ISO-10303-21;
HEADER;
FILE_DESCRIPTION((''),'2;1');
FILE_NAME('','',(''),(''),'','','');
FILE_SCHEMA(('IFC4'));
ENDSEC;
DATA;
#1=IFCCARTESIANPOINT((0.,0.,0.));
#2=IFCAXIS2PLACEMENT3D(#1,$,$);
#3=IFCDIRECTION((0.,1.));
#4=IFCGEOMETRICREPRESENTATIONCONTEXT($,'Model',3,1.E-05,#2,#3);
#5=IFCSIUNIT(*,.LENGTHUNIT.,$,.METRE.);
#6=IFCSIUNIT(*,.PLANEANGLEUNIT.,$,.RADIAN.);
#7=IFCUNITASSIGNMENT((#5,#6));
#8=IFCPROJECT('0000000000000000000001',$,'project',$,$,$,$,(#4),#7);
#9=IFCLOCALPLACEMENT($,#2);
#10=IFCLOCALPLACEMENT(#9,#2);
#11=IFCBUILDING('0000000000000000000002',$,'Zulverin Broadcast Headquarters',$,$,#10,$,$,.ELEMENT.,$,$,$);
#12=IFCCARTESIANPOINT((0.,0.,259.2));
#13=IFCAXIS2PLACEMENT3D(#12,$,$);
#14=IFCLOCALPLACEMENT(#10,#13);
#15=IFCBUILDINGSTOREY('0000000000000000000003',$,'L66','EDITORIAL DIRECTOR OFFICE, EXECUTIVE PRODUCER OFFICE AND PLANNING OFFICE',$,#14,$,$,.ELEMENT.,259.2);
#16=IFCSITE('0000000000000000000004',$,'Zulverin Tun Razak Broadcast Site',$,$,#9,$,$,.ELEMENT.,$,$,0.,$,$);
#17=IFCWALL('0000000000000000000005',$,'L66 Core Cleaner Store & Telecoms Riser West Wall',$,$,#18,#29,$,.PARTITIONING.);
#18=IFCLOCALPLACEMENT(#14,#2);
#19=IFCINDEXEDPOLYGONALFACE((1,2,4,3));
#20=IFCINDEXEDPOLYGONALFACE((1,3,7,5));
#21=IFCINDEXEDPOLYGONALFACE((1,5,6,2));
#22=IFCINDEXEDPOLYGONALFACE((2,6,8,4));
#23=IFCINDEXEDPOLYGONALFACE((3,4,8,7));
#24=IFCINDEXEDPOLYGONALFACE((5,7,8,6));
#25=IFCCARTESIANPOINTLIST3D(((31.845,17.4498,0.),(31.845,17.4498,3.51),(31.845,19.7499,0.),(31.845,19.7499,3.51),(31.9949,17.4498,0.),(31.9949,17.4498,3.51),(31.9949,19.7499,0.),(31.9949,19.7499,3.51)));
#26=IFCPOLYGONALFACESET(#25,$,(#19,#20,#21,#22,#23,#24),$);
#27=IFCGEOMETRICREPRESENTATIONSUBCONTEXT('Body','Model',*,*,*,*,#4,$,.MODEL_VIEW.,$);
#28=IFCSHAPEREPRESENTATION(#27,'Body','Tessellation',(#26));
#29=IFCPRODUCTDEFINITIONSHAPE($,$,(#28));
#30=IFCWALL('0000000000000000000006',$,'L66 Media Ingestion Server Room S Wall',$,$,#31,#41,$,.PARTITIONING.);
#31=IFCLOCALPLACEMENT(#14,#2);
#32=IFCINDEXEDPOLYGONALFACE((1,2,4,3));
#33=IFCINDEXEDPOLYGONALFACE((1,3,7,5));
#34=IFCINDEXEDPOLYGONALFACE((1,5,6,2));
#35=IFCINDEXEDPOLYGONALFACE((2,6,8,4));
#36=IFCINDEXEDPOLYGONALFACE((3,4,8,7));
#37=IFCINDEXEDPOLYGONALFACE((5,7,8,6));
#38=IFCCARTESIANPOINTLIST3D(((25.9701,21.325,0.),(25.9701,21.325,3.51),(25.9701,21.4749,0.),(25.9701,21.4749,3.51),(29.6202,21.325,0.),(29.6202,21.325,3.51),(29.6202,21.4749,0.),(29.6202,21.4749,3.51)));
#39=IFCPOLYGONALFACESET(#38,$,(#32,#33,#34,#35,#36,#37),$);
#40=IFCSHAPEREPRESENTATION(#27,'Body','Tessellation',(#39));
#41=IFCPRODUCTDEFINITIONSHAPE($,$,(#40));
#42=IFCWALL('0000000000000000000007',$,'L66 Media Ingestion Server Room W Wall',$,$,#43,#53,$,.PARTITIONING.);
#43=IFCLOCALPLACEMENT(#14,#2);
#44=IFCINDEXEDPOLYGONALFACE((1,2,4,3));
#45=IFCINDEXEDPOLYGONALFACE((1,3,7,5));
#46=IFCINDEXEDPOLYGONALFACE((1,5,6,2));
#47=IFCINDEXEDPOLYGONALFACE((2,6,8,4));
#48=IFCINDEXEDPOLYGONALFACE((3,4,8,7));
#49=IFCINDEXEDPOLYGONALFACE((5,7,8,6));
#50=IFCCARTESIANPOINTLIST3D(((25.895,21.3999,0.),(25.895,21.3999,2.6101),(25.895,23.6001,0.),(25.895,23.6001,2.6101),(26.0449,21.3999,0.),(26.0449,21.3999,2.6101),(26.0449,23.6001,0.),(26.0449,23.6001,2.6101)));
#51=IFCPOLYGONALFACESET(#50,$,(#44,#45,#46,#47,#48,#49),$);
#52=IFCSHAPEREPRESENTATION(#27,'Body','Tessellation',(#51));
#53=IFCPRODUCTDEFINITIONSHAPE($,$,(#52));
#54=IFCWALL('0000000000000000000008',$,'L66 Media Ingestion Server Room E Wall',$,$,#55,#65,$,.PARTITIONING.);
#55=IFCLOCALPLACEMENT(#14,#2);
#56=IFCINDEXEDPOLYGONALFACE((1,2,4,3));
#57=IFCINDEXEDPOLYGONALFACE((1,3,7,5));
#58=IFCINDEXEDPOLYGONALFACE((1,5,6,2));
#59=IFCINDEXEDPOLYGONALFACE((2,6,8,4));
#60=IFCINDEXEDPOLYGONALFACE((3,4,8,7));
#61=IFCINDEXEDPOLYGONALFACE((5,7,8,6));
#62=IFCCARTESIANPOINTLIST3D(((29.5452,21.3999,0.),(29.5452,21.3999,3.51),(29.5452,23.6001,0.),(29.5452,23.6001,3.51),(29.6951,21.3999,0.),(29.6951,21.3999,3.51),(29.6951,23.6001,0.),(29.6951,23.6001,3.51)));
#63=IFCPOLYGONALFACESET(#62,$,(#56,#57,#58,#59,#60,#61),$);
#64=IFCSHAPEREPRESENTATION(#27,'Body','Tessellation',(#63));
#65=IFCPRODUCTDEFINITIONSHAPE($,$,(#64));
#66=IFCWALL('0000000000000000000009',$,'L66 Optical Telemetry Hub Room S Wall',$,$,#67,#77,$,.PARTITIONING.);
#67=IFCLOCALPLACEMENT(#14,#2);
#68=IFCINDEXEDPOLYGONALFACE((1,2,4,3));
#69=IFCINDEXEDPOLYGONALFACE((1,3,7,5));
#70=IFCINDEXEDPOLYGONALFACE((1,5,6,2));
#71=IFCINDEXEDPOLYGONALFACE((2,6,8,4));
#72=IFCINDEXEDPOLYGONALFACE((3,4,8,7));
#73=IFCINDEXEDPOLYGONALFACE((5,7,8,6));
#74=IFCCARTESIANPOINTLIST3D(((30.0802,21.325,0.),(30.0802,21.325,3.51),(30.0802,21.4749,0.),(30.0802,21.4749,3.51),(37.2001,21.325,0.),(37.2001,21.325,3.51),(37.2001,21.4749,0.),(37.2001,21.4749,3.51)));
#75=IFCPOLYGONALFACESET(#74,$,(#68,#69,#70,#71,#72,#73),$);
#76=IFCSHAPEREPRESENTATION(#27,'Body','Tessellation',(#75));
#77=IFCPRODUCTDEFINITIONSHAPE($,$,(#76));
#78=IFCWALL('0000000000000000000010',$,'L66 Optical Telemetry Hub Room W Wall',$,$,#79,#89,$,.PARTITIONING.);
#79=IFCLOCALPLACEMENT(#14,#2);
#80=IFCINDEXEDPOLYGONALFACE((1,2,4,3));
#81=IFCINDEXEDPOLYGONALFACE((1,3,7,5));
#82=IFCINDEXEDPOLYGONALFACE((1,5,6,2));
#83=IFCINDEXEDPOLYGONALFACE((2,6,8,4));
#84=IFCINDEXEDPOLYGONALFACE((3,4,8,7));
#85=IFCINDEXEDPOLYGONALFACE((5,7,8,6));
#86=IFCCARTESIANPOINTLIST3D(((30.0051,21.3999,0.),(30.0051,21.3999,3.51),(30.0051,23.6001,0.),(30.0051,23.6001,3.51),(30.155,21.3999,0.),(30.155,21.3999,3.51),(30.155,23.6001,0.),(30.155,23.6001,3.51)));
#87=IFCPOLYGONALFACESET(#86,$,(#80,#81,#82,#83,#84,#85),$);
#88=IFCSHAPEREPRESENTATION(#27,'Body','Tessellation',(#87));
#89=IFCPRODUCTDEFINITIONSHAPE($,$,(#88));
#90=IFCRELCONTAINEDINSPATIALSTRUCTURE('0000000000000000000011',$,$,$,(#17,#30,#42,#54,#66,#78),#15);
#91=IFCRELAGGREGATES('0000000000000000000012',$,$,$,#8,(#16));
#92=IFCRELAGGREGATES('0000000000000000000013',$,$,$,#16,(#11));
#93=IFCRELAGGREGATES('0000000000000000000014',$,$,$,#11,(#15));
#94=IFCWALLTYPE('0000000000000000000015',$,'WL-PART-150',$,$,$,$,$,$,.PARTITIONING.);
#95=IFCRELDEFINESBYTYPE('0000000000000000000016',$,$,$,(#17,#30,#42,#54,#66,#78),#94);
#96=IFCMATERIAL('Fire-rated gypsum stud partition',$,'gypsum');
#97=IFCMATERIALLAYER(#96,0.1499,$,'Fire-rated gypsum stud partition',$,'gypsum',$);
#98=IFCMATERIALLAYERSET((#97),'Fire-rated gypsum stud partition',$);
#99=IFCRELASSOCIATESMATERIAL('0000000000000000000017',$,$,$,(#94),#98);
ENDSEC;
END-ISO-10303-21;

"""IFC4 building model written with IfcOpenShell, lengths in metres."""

from ifc_helpers import new_model, si_unit, direction, frame, frame_2d, origin, place, context, subcontext, project, spatial, rectangle, extrude, material, layer, layer_set, type_object, element, save


model = new_model("IFC4")

# Units and contexts
model_context = context("Model", 3, precision=1e-05, world=origin(), true_north=direction((0.0, 1.0)))
body_context = subcontext(model_context, "Body", "Model", "MODEL_VIEW")
ifc_project = project(units=[si_unit("LENGTHUNIT", "METRE"), si_unit("PLANEANGLEUNIT", "RADIAN")], contexts=[model_context])

# Site, building, storey
site_placement = place(None, origin())
site = spatial("IfcSite", under=ifc_project, at=site_placement, Name="Zulverin Tun Razak Broadcast Site", CompositionType="ELEMENT", RefElevation=0.0)
building_placement = place(site_placement, origin())
building = spatial("IfcBuilding", under=site, at=building_placement, Name="Zulverin Broadcast Headquarters", CompositionType="ELEMENT")
storey_placement = place(building_placement, frame((0.0, 0.0, 259.2)))
storey = spatial("IfcBuildingStorey", under=building, at=storey_placement, Name="L66", Description="EDITORIAL DIRECTOR OFFICE, EXECUTIVE PRODUCER OFFICE AND PLANNING OFFICE", CompositionType="ELEMENT", Elevation=259.2)

# Shared definitions
ifc_material_1 = material(Name="Fire-rated gypsum stud partition", Category="gypsum")
ifc_layer_1 = layer(ifc_material_1, 0.1499, Name="Fire-rated gypsum stud partition", Category="gypsum")
ifc_layer_set_1 = layer_set([ifc_layer_1], Name="Fire-rated gypsum stud partition")
wall_type_1 = type_object("IfcWallType", Name="WL-PART-150", PredefinedType="PARTITIONING", material=ifc_layer_set_1)

# Walls
wall_1_placement = place(storey_placement, frame((31.9199, 17.45, 0.0), z_axis=(0.0, 0.0, 1.0), x_axis=(0.0, 1.0, 0.0)))
element("IfcWall", 1, at=wall_1_placement, inside=storey, type_object=wall_type_1, Name="L66 Core Cleaner Store & Telecoms Riser West Wall", PredefinedType="PARTITIONING", context=body_context, shape_type="SweptSolid", body=[
    extrude(rectangle(XDim=2.3, YDim=0.1499, at=frame_2d((1.1499, 0.0))), origin(), (0.0, 0.0, 1.0), 3.51),
])
wall_2_placement = place(storey_placement, frame((25.97, 21.3999, 0.0), z_axis=(0.0, 0.0, 1.0), x_axis=(1.0, 0.0, 0.0)))
element("IfcWall", 2, at=wall_2_placement, inside=storey, type_object=wall_type_1, Name="L66 Media Ingestion Server Room S Wall", PredefinedType="PARTITIONING", context=body_context, shape_type="SweptSolid", body=[
    extrude(rectangle(XDim=3.6501, YDim=0.1499, at=frame_2d((1.8252, 0.0))), origin(), (0.0, 0.0, 1.0), 3.51),
])
wall_3_placement = place(storey_placement, frame((25.97, 21.3999, 0.0), z_axis=(0.0, 0.0, 1.0), x_axis=(0.0, 1.0, 0.0)))
element("IfcWall", 3, at=wall_3_placement, inside=storey, type_object=wall_type_1, Name="L66 Media Ingestion Server Room W Wall", PredefinedType="PARTITIONING", context=body_context, shape_type="SweptSolid", body=[
    extrude(rectangle(XDim=2.2002, YDim=0.1499, at=frame_2d((1.1001, 0.0))), origin(), (0.0, 0.0, 1.0), 2.6101),
])
wall_4_placement = place(storey_placement, frame((29.6201, 21.3999, 0.0), z_axis=(0.0, 0.0, 1.0), x_axis=(0.0, 1.0, 0.0)))
element("IfcWall", 4, at=wall_4_placement, inside=storey, type_object=wall_type_1, Name="L66 Media Ingestion Server Room E Wall", PredefinedType="PARTITIONING", context=body_context, shape_type="SweptSolid", body=[
    extrude(rectangle(XDim=2.2002, YDim=0.1499, at=frame_2d((1.1001, 0.0))), origin(), (0.0, 0.0, 1.0), 3.51),
])
wall_5_placement = place(storey_placement, frame((30.0801, 21.3999, 0.0), z_axis=(0.0, 0.0, 1.0), x_axis=(1.0, 0.0, 0.0)))
element("IfcWall", 5, at=wall_5_placement, inside=storey, type_object=wall_type_1, Name="L66 Optical Telemetry Hub Room S Wall", PredefinedType="PARTITIONING", context=body_context, shape_type="SweptSolid", body=[
    extrude(rectangle(XDim=7.1199, YDim=0.1499, at=frame_2d((3.5601, 0.0))), origin(), (0.0, 0.0, 1.0), 3.51),
])
wall_6_placement = place(storey_placement, frame((30.0801, 21.3999, 0.0), z_axis=(0.0, 0.0, 1.0), x_axis=(0.0, 1.0, 0.0)))
element("IfcWall", 6, at=wall_6_placement, inside=storey, type_object=wall_type_1, Name="L66 Optical Telemetry Hub Room W Wall", PredefinedType="PARTITIONING", context=body_context, shape_type="SweptSolid", body=[
    extrude(rectangle(XDim=2.2002, YDim=0.1499, at=frame_2d((1.1001, 0.0))), origin(), (0.0, 0.0, 1.0), 3.51),
])

save(model, "model.ifc")
